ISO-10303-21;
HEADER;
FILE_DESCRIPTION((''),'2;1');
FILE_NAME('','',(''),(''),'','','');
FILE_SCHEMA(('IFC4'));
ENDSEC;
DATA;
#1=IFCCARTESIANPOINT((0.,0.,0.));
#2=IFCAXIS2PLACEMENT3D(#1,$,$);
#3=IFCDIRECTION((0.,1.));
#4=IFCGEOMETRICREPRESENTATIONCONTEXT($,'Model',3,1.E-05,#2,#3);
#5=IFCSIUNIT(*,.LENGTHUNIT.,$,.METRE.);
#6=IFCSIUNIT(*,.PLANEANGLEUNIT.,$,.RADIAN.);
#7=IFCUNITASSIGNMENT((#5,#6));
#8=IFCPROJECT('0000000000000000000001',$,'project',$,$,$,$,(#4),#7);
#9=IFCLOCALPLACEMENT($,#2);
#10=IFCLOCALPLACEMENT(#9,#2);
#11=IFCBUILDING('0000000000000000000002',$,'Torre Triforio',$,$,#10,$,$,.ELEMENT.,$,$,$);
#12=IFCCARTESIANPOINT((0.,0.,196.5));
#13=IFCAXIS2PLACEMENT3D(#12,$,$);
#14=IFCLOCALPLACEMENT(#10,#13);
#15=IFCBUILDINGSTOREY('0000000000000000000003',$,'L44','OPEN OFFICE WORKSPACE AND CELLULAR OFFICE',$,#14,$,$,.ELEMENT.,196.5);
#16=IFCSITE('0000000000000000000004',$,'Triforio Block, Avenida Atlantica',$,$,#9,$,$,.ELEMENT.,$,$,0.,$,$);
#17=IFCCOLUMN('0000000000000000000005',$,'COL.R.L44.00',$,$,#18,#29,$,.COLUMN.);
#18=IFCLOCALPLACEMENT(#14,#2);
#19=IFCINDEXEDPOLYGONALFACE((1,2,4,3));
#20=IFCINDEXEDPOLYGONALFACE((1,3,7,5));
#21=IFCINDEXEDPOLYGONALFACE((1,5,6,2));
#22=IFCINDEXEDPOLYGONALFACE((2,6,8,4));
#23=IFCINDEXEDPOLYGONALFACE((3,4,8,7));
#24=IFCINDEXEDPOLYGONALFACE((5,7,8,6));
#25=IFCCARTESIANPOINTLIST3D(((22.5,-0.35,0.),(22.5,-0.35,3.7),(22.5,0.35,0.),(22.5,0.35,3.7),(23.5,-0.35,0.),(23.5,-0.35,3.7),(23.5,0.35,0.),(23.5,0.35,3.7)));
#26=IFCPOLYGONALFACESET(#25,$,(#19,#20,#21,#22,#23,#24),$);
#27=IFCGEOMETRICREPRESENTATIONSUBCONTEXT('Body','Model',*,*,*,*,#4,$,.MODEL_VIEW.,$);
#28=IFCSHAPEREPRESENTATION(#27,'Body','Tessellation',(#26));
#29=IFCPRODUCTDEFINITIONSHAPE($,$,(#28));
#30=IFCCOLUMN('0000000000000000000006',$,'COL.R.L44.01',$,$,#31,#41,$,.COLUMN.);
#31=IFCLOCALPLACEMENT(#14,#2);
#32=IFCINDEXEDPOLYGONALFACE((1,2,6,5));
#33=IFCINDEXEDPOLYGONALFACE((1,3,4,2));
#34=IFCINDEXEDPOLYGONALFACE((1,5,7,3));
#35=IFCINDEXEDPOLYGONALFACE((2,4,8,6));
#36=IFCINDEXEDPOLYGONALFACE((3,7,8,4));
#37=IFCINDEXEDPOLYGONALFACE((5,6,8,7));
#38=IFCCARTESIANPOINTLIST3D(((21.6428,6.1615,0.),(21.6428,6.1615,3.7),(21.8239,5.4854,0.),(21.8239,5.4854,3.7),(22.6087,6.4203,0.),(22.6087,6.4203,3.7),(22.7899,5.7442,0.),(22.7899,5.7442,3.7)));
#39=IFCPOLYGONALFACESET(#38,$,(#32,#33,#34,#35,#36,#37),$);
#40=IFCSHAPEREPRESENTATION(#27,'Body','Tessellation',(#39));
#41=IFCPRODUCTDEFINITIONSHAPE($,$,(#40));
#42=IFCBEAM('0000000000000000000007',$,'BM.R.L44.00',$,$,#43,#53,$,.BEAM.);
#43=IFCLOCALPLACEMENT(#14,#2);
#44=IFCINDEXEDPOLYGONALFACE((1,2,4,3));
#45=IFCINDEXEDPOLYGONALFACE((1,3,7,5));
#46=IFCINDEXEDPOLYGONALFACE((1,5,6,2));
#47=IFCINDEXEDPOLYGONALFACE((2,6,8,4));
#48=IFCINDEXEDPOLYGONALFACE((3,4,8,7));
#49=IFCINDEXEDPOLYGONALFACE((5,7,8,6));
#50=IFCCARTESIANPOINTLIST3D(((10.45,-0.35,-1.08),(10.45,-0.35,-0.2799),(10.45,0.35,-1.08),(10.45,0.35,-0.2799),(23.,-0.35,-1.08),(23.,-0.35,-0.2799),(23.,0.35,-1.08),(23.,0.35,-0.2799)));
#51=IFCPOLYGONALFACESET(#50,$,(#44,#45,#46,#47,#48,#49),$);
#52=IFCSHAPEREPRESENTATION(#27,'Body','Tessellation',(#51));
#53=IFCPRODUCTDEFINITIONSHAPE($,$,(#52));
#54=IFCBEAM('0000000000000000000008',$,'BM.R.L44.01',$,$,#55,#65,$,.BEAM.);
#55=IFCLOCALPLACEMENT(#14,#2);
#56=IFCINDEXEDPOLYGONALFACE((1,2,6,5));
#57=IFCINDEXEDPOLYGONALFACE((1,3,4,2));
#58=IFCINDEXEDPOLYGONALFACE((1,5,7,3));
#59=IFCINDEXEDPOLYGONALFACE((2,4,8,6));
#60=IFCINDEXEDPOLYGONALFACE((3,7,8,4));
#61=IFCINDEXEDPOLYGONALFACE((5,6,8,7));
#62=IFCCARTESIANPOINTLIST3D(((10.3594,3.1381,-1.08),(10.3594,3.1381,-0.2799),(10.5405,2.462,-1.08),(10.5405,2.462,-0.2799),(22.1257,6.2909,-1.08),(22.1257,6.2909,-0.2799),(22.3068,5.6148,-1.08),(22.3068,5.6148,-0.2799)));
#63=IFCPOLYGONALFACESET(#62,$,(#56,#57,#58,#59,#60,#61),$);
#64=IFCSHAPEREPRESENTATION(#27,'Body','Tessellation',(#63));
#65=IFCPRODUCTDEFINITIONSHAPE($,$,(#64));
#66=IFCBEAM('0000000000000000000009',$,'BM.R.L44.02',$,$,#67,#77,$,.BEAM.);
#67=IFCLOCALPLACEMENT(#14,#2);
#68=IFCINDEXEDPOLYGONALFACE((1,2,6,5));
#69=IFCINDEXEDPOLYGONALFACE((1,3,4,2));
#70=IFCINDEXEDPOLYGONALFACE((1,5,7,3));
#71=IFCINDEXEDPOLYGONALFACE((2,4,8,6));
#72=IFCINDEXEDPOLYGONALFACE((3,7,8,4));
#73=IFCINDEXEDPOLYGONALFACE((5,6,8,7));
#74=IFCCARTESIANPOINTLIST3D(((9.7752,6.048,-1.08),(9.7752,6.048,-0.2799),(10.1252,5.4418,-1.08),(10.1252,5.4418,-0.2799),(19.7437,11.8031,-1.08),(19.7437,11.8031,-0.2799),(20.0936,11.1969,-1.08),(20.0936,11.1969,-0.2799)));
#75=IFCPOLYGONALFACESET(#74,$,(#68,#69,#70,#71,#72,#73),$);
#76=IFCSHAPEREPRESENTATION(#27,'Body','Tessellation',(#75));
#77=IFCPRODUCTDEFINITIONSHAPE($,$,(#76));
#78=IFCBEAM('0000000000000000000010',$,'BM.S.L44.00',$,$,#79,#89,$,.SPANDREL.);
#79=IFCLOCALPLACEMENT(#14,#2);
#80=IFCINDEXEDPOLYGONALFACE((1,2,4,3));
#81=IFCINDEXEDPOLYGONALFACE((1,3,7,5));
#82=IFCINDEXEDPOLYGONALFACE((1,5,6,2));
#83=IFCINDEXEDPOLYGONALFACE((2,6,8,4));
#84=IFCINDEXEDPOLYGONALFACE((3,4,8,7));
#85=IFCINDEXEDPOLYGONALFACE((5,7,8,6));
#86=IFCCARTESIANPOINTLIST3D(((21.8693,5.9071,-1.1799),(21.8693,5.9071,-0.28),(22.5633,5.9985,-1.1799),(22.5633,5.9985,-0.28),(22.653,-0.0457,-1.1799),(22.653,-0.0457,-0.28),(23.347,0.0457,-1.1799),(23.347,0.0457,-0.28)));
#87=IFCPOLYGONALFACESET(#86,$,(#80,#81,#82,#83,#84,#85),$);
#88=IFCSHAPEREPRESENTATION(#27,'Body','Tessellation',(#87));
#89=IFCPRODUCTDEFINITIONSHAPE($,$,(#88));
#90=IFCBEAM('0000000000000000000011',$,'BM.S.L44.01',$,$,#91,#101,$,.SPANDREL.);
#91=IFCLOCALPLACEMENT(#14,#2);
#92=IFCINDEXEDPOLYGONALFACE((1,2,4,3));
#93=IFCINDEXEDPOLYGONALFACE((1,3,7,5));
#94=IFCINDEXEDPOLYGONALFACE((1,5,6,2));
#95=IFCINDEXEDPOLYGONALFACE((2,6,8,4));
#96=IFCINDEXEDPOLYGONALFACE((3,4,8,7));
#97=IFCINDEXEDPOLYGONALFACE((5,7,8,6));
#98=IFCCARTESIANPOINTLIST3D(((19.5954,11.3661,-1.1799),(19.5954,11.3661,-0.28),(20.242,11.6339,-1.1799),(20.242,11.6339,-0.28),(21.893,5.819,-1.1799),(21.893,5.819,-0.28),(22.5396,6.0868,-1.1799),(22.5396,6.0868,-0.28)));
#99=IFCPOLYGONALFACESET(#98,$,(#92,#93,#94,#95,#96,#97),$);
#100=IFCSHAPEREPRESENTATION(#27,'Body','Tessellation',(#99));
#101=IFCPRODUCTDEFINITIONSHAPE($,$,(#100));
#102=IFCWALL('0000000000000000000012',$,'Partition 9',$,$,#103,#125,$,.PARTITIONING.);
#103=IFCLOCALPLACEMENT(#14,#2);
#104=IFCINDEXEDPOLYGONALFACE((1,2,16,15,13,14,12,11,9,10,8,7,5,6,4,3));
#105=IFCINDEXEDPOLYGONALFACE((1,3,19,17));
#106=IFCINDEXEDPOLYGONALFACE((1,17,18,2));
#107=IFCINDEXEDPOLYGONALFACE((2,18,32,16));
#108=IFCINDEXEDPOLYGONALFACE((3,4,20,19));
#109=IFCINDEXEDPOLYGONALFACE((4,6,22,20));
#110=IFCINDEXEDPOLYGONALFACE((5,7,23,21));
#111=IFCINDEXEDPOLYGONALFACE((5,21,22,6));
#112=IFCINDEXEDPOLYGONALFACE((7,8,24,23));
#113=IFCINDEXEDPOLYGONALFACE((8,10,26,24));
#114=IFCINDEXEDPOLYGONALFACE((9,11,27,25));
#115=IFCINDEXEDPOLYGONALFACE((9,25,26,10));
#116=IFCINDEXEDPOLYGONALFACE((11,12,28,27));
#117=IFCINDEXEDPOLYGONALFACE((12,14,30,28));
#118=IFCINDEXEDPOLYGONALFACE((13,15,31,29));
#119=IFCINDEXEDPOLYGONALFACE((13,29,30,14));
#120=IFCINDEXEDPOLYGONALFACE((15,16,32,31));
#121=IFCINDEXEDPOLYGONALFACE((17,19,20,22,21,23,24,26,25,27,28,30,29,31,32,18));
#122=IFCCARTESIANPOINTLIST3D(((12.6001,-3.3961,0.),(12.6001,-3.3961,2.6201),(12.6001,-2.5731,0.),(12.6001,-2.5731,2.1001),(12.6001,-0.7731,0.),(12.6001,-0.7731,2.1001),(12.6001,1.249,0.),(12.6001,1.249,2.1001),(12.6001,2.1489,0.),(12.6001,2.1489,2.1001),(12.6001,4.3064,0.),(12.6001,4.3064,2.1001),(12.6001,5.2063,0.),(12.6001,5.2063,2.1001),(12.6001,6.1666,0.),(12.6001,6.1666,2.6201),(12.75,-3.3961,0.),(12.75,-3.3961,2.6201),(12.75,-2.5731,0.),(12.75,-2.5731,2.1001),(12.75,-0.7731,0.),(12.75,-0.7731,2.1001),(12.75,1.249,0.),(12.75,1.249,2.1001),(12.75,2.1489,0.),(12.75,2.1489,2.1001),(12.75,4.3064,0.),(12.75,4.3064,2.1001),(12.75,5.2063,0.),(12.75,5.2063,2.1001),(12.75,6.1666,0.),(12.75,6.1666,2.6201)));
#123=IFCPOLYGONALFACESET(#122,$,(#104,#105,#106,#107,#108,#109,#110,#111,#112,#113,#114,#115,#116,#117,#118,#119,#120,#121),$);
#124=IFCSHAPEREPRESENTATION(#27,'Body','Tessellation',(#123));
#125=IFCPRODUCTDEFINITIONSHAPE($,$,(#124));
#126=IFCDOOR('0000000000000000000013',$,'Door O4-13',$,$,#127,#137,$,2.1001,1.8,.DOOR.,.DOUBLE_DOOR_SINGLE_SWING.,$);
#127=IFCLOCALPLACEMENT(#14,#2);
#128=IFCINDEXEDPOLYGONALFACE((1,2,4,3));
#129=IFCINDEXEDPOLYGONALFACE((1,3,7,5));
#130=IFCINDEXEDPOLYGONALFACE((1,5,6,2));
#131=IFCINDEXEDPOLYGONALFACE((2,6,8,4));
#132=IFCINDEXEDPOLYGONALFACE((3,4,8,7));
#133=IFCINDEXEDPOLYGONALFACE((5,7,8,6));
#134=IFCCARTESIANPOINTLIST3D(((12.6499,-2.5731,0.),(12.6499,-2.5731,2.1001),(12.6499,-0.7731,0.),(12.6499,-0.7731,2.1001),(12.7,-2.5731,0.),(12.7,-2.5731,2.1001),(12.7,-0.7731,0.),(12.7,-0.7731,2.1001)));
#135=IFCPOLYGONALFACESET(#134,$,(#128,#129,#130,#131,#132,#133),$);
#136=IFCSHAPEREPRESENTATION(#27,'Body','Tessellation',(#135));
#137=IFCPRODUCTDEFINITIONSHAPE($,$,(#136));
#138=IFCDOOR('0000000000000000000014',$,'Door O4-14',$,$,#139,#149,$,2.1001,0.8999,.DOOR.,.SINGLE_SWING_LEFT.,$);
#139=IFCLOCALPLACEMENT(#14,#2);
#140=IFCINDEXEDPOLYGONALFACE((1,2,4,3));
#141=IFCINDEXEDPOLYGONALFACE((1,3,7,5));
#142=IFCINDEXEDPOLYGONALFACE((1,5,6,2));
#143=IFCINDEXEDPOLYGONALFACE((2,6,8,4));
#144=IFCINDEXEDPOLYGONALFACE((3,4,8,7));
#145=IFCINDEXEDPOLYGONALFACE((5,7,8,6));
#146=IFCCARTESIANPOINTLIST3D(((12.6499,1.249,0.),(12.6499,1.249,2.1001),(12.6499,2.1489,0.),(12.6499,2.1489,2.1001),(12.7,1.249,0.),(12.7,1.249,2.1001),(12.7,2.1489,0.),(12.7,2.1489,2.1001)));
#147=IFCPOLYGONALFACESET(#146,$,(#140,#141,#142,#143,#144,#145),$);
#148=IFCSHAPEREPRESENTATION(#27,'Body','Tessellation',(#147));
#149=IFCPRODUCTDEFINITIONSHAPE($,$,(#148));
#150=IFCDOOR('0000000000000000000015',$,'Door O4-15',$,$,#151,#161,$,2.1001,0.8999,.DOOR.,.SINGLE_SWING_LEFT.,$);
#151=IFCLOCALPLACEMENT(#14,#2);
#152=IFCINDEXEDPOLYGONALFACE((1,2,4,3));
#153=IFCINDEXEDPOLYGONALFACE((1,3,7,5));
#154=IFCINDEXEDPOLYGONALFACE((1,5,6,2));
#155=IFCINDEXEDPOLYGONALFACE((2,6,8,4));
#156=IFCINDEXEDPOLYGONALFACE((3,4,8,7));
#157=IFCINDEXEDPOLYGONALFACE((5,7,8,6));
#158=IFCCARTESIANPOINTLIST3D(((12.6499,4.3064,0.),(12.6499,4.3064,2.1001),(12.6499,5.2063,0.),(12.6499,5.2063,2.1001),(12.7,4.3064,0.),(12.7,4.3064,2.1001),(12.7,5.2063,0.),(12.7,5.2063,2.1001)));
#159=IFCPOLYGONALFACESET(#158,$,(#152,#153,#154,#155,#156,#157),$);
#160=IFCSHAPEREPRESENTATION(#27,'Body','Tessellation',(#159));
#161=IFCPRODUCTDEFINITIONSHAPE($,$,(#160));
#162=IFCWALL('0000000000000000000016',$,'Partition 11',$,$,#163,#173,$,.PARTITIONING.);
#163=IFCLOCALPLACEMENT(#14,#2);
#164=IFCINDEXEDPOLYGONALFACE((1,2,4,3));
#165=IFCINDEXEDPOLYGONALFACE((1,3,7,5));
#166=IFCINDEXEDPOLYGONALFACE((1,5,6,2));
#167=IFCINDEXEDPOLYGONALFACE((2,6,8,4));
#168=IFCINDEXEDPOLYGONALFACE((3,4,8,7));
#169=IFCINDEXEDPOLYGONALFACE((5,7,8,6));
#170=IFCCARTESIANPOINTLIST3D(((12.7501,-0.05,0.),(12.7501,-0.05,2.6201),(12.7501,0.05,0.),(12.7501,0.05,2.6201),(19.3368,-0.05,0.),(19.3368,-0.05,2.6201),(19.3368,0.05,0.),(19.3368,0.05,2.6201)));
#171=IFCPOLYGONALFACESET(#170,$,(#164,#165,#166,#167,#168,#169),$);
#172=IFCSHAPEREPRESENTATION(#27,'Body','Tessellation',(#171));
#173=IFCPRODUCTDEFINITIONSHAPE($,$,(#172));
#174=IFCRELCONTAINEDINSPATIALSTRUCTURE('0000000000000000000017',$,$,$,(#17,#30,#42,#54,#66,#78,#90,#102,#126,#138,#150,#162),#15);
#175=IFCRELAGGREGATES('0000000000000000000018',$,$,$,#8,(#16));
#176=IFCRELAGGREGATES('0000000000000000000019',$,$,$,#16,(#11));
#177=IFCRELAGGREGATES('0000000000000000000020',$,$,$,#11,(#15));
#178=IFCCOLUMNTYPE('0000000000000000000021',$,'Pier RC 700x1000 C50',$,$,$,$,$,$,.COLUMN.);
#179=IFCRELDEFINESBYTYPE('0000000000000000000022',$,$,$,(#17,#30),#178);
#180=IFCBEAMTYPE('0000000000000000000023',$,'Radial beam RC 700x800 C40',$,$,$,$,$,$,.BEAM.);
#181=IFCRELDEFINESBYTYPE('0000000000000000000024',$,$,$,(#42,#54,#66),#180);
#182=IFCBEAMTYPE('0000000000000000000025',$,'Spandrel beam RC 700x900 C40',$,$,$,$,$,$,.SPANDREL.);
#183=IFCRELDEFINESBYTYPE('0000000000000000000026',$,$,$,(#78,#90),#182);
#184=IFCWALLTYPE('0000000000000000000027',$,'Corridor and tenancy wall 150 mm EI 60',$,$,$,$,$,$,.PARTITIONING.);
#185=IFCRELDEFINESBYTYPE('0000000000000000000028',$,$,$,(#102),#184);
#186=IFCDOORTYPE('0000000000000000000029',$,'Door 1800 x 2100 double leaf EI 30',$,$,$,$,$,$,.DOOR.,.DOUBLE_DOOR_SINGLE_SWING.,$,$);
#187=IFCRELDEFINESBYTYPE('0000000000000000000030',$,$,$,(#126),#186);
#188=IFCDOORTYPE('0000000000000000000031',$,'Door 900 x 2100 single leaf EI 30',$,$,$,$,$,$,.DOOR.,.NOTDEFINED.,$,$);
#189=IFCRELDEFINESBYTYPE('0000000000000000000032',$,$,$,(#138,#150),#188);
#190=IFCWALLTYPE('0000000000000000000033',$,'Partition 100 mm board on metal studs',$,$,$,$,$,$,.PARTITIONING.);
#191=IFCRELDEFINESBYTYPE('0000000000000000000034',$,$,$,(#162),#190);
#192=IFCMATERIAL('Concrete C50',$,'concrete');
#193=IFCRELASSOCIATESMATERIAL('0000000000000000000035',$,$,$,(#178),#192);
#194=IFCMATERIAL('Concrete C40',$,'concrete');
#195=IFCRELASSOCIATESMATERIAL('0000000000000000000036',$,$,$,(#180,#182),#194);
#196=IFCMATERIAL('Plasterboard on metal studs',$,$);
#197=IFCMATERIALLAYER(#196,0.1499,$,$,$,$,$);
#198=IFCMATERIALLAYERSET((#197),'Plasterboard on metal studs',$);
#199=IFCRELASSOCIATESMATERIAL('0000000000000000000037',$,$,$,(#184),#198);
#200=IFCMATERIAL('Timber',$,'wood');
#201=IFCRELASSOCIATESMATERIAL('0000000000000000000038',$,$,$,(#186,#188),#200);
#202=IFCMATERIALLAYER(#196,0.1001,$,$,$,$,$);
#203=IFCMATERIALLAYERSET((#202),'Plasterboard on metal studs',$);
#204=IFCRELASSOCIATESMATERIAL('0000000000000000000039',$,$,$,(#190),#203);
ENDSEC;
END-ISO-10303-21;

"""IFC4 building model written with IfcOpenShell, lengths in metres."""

from ifc_helpers import new_model, si_unit, direction, frame, frame_2d, origin, origin_2d, place, context, subcontext, project, spatial, rectangle, extrude, material, layer, layer_set, material_profile, profile_set, type_object, element, fill, save


model = new_model("IFC4")

# Units and contexts
model_context = context("Model", 3, precision=1e-05, world=origin(), true_north=direction((0.0, 1.0)))
body_context = subcontext(model_context, "Body", "Model", "MODEL_VIEW")
ifc_project = project(units=[si_unit("LENGTHUNIT", "METRE"), si_unit("PLANEANGLEUNIT", "RADIAN")], contexts=[model_context])

# Site, building, storey
site_placement = place(None, origin())
site = spatial("IfcSite", under=ifc_project, at=site_placement, Name="Triforio Block, Avenida Atlantica", CompositionType="ELEMENT", RefElevation=0.0)
building_placement = place(site_placement, origin())
building = spatial("IfcBuilding", under=site, at=building_placement, Name="Torre Triforio", CompositionType="ELEMENT")
storey_placement = place(building_placement, frame((0.0, 0.0, 196.5)))
storey = spatial("IfcBuildingStorey", under=building, at=storey_placement, Name="L44", Description="OPEN OFFICE WORKSPACE AND CELLULAR OFFICE", CompositionType="ELEMENT", Elevation=196.5)

# Columns
ifc_material_1 = material(Name="Concrete C50", Category="concrete")
ifc_material_profile_1 = material_profile(ifc_material_1, rectangle(XDim=0.7, YDim=1.0, at=origin_2d()), Name="RC 700x1000")
ifc_profile_set_1 = profile_set([ifc_material_profile_1], Name="Concrete C50")
column_type = type_object("IfcColumnType", Name="Pier RC 700x1000 C50", PredefinedType="COLUMN", material=ifc_profile_set_1)
for number, where, z_axis, x_axis, name in (
    (1, (23.0, 0.0, 0.0), (0.0, 0.0, 1.0), (0.0, 1.0, 0.0), "COL.R.L44.00"),
    (2, (22.2163, 5.9529, 0.0), (0.0, 0.0, 1.0), (-0.258819, 0.965926, 0.0), "COL.R.L44.01"),
):
    element("IfcColumn", number, at=place(storey_placement, frame(where, z_axis=z_axis, x_axis=x_axis)), inside=storey, type_object=column_type, Name=name, PredefinedType="COLUMN", context=body_context, shape_type="SweptSolid", body=[
        extrude(rectangle(XDim=0.7, YDim=1.0, at=origin_2d()), origin(), (0.0, 0.0, 1.0), 3.7),
    ])

# Beams
ifc_material_2 = material(Name="Concrete C40", Category="concrete")
ifc_material_profile_2 = material_profile(ifc_material_2, rectangle(XDim=0.7, YDim=0.8, at=origin_2d()), Name="RC 700x800")
ifc_profile_set_2 = profile_set([ifc_material_profile_2], Name="Concrete C40")
beam_type_1 = type_object("IfcBeamType", Name="Radial beam RC 700x800 C40", PredefinedType="BEAM", material=ifc_profile_set_2)
beam_1_placement = place(storey_placement, frame((10.45, 0.0, -0.6799), z_axis=(1.0, 0.0, 0.0), x_axis=(0.0, 1.0, 0.0)))
element("IfcBeam", 3, at=beam_1_placement, inside=storey, type_object=beam_type_1, Name="BM.R.L44.00", PredefinedType="BEAM", context=body_context, shape_type="SweptSolid", body=[
    extrude(rectangle(XDim=0.7, YDim=0.8, at=origin_2d()), origin(), (0.0, 0.0, 1.0), 12.55),
])
beam_2_placement = place(storey_placement, frame((10.45, 2.8, -0.6799), z_axis=(0.965925, 0.258823, 0.0), x_axis=(-0.258823, 0.965925, 0.0)))
element("IfcBeam", 4, at=beam_2_placement, inside=storey, type_object=beam_type_1, Name="BM.R.L44.01", PredefinedType="BEAM", context=body_context, shape_type="SweptSolid", body=[
    extrude(rectangle(XDim=0.7, YDim=0.8, at=origin_2d()), origin(), (0.0, 0.0, 1.0), 12.1814),
])
beam_3_placement = place(storey_placement, frame((9.9502, 5.7449, -0.6799), z_axis=(0.866033, 0.499987, 0.0), x_axis=(-0.499987, 0.866033, 0.0)))
element("IfcBeam", 5, at=beam_3_placement, inside=storey, type_object=beam_type_1, Name="BM.R.L44.02", PredefinedType="BEAM", context=body_context, shape_type="SweptSolid", body=[
    extrude(rectangle(XDim=0.7, YDim=0.8, at=origin_2d()), origin(), (0.0, 0.0, 1.0), 11.5105),
])
ifc_material_profile_3 = material_profile(ifc_material_2, rectangle(XDim=0.7, YDim=0.8999, at=origin_2d()), Name="RC 700x900")
ifc_profile_set_3 = profile_set([ifc_material_profile_3], Name="Concrete C40")
beam_type_2 = type_object("IfcBeamType", Name="Spandrel beam RC 700x900 C40", PredefinedType="SPANDREL", material=ifc_profile_set_3)
for number, where, z_axis, x_axis, name in (
    (6, (23.0, 0.0, -0.73), (-0.130523, 0.991445, 0.0), (-0.991445, -0.130523, 0.0), "BM.S.L44.00"),
    (7, (22.2163, 5.9529, -0.73), (-0.382671, 0.923885, 0.0), (-0.923885, -0.382671, 0.0), "BM.S.L44.01"),
):
    element("IfcBeam", number, at=place(storey_placement, frame(where, z_axis=z_axis, x_axis=x_axis)), inside=storey, type_object=beam_type_2, Name=name, PredefinedType="SPANDREL", context=body_context, shape_type="SweptSolid", body=[
        extrude(rectangle(XDim=0.7, YDim=0.8999, at=origin_2d()), origin(), (0.0, 0.0, 1.0), 6.0042),
    ])

# Wall, openings, doors
ifc_material_3 = material(Name="Plasterboard on metal studs")
ifc_layer_1 = layer(ifc_material_3, 0.1499)
ifc_layer_set_1 = layer_set([ifc_layer_1], Name="Plasterboard on metal studs")
wall_type_1 = type_object("IfcWallType", Name="Corridor and tenancy wall 150 mm EI 60", PredefinedType="PARTITIONING", material=ifc_layer_set_1)
wall_1_placement = place(storey_placement, frame((12.675, 6.1665, 0.0), z_axis=(0.0, 0.0, 1.0), x_axis=(0.0, -1.0, 0.0)))
wall_1 = element("IfcWall", 8, at=wall_1_placement, inside=storey, type_object=wall_type_1, Name="Partition 9", PredefinedType="PARTITIONING", context=body_context, shape_type="SweptSolid", body=[
    extrude(rectangle(XDim=9.5627, YDim=0.1499, at=frame_2d((4.7812, 0.0))), origin(), (0.0, 0.0, 1.0), 2.6201),
])
opening_1_placement = place(wall_1_placement, frame((6.9397, 0.0, 0.0)))
opening_1 = element("IfcOpeningElement", 9, at=opening_1_placement, cuts=wall_1, PredefinedType="OPENING", context=body_context, shape_type="SweptSolid", body=[
    extrude(rectangle(XDim=1.8, YDim=2.1001, at=frame_2d((0.8999, 1.05))), frame((0.0, 0.085, 0.0), z_axis=(0.0, -1.0, 0.0), x_axis=(1.0, 0.0, 0.0)), (0.0, 0.0, 1.0), 0.1699),
])
opening_2_placement = place(wall_1_placement, frame((4.0176, 0.0, 0.0)))
opening_2 = element("IfcOpeningElement", 10, at=opening_2_placement, cuts=wall_1, PredefinedType="OPENING", context=body_context, shape_type="SweptSolid", body=[
    extrude(rectangle(XDim=0.8999, YDim=2.1001, at=frame_2d((0.45, 1.05))), frame((0.0, 0.085, 0.0), z_axis=(0.0, -1.0, 0.0), x_axis=(1.0, 0.0, 0.0)), (0.0, 0.0, 1.0), 0.1699),
])
opening_3_placement = place(wall_1_placement, frame((0.9602, 0.0, 0.0)))
opening_3 = element("IfcOpeningElement", 11, at=opening_3_placement, cuts=wall_1, PredefinedType="OPENING", context=body_context, shape_type="SweptSolid", body=[
    extrude(rectangle(XDim=0.8999, YDim=2.1001, at=frame_2d((0.45, 1.05))), frame((0.0, 0.085, 0.0), z_axis=(0.0, -1.0, 0.0), x_axis=(1.0, 0.0, 0.0)), (0.0, 0.0, 1.0), 0.1699),
])
ifc_material_4 = material(Name="Timber", Category="wood")
door_type_1 = type_object("IfcDoorType", Name="Door 1800 x 2100 double leaf EI 30", OperationType="DOUBLE_DOOR_SINGLE_SWING", PredefinedType="DOOR", material=ifc_material_4)
door_1_placement = place(opening_1_placement, origin())
door_1 = element("IfcDoor", 12, at=door_1_placement, inside=storey, type_object=door_type_1, Name="Door O4-13", OperationType="DOUBLE_DOOR_SINGLE_SWING", OverallHeight=2.1001, OverallWidth=1.8, PredefinedType="DOOR", context=body_context, shape_type="SweptSolid", body=[
    extrude(rectangle(XDim=1.8, YDim=2.1001, at=frame_2d((0.8999, 1.05))), frame((0.0, 0.0249, 0.0), z_axis=(0.0, -1.0, 0.0), x_axis=(1.0, 0.0, 0.0)), (0.0, 0.0, 1.0), 0.05),
])
fill(opening_1, door_1)
door_type_2 = type_object("IfcDoorType", Name="Door 900 x 2100 single leaf EI 30", OperationType="NOTDEFINED", PredefinedType="DOOR", material=ifc_material_4)
door_2_placement = place(opening_2_placement, origin())
door_2 = element("IfcDoor", 13, at=door_2_placement, inside=storey, type_object=door_type_2, Name="Door O4-14", OperationType="SINGLE_SWING_LEFT", OverallHeight=2.1001, OverallWidth=0.8999, PredefinedType="DOOR", context=body_context, shape_type="SweptSolid", body=[
    extrude(rectangle(XDim=0.8999, YDim=2.1001, at=frame_2d((0.45, 1.05))), frame((0.0, 0.0249, 0.0), z_axis=(0.0, -1.0, 0.0), x_axis=(1.0, 0.0, 0.0)), (0.0, 0.0, 1.0), 0.05),
])
fill(opening_2, door_2)
door_3_placement = place(opening_3_placement, origin())
door_3 = element("IfcDoor", 14, at=door_3_placement, inside=storey, type_object=door_type_2, Name="Door O4-15", OperationType="SINGLE_SWING_LEFT", OverallHeight=2.1001, OverallWidth=0.8999, PredefinedType="DOOR", context=body_context, shape_type="SweptSolid", body=[
    extrude(rectangle(XDim=0.8999, YDim=2.1001, at=frame_2d((0.45, 1.05))), frame((0.0, 0.0249, 0.0), z_axis=(0.0, -1.0, 0.0), x_axis=(1.0, 0.0, 0.0)), (0.0, 0.0, 1.0), 0.05),
])
fill(opening_3, door_3)

# Wall
ifc_layer_2 = layer(ifc_material_3, 0.1001)
ifc_layer_set_2 = layer_set([ifc_layer_2], Name="Plasterboard on metal studs")
wall_type_2 = type_object("IfcWallType", Name="Partition 100 mm board on metal studs", PredefinedType="PARTITIONING", material=ifc_layer_set_2)
wall_2_placement = place(storey_placement, frame((12.75, 0.0, 0.0), z_axis=(0.0, 0.0, 1.0), x_axis=(1.0, 0.0, 0.0)))
element("IfcWall", 15, at=wall_2_placement, inside=storey, type_object=wall_type_2, Name="Partition 11", PredefinedType="PARTITIONING", context=body_context, shape_type="SweptSolid", body=[
    extrude(rectangle(XDim=6.5867, YDim=0.1001, at=frame_2d((3.2935, 0.0))), origin(), (0.0, 0.0, 1.0), 2.6201),
])

save(model, "model.ifc")
